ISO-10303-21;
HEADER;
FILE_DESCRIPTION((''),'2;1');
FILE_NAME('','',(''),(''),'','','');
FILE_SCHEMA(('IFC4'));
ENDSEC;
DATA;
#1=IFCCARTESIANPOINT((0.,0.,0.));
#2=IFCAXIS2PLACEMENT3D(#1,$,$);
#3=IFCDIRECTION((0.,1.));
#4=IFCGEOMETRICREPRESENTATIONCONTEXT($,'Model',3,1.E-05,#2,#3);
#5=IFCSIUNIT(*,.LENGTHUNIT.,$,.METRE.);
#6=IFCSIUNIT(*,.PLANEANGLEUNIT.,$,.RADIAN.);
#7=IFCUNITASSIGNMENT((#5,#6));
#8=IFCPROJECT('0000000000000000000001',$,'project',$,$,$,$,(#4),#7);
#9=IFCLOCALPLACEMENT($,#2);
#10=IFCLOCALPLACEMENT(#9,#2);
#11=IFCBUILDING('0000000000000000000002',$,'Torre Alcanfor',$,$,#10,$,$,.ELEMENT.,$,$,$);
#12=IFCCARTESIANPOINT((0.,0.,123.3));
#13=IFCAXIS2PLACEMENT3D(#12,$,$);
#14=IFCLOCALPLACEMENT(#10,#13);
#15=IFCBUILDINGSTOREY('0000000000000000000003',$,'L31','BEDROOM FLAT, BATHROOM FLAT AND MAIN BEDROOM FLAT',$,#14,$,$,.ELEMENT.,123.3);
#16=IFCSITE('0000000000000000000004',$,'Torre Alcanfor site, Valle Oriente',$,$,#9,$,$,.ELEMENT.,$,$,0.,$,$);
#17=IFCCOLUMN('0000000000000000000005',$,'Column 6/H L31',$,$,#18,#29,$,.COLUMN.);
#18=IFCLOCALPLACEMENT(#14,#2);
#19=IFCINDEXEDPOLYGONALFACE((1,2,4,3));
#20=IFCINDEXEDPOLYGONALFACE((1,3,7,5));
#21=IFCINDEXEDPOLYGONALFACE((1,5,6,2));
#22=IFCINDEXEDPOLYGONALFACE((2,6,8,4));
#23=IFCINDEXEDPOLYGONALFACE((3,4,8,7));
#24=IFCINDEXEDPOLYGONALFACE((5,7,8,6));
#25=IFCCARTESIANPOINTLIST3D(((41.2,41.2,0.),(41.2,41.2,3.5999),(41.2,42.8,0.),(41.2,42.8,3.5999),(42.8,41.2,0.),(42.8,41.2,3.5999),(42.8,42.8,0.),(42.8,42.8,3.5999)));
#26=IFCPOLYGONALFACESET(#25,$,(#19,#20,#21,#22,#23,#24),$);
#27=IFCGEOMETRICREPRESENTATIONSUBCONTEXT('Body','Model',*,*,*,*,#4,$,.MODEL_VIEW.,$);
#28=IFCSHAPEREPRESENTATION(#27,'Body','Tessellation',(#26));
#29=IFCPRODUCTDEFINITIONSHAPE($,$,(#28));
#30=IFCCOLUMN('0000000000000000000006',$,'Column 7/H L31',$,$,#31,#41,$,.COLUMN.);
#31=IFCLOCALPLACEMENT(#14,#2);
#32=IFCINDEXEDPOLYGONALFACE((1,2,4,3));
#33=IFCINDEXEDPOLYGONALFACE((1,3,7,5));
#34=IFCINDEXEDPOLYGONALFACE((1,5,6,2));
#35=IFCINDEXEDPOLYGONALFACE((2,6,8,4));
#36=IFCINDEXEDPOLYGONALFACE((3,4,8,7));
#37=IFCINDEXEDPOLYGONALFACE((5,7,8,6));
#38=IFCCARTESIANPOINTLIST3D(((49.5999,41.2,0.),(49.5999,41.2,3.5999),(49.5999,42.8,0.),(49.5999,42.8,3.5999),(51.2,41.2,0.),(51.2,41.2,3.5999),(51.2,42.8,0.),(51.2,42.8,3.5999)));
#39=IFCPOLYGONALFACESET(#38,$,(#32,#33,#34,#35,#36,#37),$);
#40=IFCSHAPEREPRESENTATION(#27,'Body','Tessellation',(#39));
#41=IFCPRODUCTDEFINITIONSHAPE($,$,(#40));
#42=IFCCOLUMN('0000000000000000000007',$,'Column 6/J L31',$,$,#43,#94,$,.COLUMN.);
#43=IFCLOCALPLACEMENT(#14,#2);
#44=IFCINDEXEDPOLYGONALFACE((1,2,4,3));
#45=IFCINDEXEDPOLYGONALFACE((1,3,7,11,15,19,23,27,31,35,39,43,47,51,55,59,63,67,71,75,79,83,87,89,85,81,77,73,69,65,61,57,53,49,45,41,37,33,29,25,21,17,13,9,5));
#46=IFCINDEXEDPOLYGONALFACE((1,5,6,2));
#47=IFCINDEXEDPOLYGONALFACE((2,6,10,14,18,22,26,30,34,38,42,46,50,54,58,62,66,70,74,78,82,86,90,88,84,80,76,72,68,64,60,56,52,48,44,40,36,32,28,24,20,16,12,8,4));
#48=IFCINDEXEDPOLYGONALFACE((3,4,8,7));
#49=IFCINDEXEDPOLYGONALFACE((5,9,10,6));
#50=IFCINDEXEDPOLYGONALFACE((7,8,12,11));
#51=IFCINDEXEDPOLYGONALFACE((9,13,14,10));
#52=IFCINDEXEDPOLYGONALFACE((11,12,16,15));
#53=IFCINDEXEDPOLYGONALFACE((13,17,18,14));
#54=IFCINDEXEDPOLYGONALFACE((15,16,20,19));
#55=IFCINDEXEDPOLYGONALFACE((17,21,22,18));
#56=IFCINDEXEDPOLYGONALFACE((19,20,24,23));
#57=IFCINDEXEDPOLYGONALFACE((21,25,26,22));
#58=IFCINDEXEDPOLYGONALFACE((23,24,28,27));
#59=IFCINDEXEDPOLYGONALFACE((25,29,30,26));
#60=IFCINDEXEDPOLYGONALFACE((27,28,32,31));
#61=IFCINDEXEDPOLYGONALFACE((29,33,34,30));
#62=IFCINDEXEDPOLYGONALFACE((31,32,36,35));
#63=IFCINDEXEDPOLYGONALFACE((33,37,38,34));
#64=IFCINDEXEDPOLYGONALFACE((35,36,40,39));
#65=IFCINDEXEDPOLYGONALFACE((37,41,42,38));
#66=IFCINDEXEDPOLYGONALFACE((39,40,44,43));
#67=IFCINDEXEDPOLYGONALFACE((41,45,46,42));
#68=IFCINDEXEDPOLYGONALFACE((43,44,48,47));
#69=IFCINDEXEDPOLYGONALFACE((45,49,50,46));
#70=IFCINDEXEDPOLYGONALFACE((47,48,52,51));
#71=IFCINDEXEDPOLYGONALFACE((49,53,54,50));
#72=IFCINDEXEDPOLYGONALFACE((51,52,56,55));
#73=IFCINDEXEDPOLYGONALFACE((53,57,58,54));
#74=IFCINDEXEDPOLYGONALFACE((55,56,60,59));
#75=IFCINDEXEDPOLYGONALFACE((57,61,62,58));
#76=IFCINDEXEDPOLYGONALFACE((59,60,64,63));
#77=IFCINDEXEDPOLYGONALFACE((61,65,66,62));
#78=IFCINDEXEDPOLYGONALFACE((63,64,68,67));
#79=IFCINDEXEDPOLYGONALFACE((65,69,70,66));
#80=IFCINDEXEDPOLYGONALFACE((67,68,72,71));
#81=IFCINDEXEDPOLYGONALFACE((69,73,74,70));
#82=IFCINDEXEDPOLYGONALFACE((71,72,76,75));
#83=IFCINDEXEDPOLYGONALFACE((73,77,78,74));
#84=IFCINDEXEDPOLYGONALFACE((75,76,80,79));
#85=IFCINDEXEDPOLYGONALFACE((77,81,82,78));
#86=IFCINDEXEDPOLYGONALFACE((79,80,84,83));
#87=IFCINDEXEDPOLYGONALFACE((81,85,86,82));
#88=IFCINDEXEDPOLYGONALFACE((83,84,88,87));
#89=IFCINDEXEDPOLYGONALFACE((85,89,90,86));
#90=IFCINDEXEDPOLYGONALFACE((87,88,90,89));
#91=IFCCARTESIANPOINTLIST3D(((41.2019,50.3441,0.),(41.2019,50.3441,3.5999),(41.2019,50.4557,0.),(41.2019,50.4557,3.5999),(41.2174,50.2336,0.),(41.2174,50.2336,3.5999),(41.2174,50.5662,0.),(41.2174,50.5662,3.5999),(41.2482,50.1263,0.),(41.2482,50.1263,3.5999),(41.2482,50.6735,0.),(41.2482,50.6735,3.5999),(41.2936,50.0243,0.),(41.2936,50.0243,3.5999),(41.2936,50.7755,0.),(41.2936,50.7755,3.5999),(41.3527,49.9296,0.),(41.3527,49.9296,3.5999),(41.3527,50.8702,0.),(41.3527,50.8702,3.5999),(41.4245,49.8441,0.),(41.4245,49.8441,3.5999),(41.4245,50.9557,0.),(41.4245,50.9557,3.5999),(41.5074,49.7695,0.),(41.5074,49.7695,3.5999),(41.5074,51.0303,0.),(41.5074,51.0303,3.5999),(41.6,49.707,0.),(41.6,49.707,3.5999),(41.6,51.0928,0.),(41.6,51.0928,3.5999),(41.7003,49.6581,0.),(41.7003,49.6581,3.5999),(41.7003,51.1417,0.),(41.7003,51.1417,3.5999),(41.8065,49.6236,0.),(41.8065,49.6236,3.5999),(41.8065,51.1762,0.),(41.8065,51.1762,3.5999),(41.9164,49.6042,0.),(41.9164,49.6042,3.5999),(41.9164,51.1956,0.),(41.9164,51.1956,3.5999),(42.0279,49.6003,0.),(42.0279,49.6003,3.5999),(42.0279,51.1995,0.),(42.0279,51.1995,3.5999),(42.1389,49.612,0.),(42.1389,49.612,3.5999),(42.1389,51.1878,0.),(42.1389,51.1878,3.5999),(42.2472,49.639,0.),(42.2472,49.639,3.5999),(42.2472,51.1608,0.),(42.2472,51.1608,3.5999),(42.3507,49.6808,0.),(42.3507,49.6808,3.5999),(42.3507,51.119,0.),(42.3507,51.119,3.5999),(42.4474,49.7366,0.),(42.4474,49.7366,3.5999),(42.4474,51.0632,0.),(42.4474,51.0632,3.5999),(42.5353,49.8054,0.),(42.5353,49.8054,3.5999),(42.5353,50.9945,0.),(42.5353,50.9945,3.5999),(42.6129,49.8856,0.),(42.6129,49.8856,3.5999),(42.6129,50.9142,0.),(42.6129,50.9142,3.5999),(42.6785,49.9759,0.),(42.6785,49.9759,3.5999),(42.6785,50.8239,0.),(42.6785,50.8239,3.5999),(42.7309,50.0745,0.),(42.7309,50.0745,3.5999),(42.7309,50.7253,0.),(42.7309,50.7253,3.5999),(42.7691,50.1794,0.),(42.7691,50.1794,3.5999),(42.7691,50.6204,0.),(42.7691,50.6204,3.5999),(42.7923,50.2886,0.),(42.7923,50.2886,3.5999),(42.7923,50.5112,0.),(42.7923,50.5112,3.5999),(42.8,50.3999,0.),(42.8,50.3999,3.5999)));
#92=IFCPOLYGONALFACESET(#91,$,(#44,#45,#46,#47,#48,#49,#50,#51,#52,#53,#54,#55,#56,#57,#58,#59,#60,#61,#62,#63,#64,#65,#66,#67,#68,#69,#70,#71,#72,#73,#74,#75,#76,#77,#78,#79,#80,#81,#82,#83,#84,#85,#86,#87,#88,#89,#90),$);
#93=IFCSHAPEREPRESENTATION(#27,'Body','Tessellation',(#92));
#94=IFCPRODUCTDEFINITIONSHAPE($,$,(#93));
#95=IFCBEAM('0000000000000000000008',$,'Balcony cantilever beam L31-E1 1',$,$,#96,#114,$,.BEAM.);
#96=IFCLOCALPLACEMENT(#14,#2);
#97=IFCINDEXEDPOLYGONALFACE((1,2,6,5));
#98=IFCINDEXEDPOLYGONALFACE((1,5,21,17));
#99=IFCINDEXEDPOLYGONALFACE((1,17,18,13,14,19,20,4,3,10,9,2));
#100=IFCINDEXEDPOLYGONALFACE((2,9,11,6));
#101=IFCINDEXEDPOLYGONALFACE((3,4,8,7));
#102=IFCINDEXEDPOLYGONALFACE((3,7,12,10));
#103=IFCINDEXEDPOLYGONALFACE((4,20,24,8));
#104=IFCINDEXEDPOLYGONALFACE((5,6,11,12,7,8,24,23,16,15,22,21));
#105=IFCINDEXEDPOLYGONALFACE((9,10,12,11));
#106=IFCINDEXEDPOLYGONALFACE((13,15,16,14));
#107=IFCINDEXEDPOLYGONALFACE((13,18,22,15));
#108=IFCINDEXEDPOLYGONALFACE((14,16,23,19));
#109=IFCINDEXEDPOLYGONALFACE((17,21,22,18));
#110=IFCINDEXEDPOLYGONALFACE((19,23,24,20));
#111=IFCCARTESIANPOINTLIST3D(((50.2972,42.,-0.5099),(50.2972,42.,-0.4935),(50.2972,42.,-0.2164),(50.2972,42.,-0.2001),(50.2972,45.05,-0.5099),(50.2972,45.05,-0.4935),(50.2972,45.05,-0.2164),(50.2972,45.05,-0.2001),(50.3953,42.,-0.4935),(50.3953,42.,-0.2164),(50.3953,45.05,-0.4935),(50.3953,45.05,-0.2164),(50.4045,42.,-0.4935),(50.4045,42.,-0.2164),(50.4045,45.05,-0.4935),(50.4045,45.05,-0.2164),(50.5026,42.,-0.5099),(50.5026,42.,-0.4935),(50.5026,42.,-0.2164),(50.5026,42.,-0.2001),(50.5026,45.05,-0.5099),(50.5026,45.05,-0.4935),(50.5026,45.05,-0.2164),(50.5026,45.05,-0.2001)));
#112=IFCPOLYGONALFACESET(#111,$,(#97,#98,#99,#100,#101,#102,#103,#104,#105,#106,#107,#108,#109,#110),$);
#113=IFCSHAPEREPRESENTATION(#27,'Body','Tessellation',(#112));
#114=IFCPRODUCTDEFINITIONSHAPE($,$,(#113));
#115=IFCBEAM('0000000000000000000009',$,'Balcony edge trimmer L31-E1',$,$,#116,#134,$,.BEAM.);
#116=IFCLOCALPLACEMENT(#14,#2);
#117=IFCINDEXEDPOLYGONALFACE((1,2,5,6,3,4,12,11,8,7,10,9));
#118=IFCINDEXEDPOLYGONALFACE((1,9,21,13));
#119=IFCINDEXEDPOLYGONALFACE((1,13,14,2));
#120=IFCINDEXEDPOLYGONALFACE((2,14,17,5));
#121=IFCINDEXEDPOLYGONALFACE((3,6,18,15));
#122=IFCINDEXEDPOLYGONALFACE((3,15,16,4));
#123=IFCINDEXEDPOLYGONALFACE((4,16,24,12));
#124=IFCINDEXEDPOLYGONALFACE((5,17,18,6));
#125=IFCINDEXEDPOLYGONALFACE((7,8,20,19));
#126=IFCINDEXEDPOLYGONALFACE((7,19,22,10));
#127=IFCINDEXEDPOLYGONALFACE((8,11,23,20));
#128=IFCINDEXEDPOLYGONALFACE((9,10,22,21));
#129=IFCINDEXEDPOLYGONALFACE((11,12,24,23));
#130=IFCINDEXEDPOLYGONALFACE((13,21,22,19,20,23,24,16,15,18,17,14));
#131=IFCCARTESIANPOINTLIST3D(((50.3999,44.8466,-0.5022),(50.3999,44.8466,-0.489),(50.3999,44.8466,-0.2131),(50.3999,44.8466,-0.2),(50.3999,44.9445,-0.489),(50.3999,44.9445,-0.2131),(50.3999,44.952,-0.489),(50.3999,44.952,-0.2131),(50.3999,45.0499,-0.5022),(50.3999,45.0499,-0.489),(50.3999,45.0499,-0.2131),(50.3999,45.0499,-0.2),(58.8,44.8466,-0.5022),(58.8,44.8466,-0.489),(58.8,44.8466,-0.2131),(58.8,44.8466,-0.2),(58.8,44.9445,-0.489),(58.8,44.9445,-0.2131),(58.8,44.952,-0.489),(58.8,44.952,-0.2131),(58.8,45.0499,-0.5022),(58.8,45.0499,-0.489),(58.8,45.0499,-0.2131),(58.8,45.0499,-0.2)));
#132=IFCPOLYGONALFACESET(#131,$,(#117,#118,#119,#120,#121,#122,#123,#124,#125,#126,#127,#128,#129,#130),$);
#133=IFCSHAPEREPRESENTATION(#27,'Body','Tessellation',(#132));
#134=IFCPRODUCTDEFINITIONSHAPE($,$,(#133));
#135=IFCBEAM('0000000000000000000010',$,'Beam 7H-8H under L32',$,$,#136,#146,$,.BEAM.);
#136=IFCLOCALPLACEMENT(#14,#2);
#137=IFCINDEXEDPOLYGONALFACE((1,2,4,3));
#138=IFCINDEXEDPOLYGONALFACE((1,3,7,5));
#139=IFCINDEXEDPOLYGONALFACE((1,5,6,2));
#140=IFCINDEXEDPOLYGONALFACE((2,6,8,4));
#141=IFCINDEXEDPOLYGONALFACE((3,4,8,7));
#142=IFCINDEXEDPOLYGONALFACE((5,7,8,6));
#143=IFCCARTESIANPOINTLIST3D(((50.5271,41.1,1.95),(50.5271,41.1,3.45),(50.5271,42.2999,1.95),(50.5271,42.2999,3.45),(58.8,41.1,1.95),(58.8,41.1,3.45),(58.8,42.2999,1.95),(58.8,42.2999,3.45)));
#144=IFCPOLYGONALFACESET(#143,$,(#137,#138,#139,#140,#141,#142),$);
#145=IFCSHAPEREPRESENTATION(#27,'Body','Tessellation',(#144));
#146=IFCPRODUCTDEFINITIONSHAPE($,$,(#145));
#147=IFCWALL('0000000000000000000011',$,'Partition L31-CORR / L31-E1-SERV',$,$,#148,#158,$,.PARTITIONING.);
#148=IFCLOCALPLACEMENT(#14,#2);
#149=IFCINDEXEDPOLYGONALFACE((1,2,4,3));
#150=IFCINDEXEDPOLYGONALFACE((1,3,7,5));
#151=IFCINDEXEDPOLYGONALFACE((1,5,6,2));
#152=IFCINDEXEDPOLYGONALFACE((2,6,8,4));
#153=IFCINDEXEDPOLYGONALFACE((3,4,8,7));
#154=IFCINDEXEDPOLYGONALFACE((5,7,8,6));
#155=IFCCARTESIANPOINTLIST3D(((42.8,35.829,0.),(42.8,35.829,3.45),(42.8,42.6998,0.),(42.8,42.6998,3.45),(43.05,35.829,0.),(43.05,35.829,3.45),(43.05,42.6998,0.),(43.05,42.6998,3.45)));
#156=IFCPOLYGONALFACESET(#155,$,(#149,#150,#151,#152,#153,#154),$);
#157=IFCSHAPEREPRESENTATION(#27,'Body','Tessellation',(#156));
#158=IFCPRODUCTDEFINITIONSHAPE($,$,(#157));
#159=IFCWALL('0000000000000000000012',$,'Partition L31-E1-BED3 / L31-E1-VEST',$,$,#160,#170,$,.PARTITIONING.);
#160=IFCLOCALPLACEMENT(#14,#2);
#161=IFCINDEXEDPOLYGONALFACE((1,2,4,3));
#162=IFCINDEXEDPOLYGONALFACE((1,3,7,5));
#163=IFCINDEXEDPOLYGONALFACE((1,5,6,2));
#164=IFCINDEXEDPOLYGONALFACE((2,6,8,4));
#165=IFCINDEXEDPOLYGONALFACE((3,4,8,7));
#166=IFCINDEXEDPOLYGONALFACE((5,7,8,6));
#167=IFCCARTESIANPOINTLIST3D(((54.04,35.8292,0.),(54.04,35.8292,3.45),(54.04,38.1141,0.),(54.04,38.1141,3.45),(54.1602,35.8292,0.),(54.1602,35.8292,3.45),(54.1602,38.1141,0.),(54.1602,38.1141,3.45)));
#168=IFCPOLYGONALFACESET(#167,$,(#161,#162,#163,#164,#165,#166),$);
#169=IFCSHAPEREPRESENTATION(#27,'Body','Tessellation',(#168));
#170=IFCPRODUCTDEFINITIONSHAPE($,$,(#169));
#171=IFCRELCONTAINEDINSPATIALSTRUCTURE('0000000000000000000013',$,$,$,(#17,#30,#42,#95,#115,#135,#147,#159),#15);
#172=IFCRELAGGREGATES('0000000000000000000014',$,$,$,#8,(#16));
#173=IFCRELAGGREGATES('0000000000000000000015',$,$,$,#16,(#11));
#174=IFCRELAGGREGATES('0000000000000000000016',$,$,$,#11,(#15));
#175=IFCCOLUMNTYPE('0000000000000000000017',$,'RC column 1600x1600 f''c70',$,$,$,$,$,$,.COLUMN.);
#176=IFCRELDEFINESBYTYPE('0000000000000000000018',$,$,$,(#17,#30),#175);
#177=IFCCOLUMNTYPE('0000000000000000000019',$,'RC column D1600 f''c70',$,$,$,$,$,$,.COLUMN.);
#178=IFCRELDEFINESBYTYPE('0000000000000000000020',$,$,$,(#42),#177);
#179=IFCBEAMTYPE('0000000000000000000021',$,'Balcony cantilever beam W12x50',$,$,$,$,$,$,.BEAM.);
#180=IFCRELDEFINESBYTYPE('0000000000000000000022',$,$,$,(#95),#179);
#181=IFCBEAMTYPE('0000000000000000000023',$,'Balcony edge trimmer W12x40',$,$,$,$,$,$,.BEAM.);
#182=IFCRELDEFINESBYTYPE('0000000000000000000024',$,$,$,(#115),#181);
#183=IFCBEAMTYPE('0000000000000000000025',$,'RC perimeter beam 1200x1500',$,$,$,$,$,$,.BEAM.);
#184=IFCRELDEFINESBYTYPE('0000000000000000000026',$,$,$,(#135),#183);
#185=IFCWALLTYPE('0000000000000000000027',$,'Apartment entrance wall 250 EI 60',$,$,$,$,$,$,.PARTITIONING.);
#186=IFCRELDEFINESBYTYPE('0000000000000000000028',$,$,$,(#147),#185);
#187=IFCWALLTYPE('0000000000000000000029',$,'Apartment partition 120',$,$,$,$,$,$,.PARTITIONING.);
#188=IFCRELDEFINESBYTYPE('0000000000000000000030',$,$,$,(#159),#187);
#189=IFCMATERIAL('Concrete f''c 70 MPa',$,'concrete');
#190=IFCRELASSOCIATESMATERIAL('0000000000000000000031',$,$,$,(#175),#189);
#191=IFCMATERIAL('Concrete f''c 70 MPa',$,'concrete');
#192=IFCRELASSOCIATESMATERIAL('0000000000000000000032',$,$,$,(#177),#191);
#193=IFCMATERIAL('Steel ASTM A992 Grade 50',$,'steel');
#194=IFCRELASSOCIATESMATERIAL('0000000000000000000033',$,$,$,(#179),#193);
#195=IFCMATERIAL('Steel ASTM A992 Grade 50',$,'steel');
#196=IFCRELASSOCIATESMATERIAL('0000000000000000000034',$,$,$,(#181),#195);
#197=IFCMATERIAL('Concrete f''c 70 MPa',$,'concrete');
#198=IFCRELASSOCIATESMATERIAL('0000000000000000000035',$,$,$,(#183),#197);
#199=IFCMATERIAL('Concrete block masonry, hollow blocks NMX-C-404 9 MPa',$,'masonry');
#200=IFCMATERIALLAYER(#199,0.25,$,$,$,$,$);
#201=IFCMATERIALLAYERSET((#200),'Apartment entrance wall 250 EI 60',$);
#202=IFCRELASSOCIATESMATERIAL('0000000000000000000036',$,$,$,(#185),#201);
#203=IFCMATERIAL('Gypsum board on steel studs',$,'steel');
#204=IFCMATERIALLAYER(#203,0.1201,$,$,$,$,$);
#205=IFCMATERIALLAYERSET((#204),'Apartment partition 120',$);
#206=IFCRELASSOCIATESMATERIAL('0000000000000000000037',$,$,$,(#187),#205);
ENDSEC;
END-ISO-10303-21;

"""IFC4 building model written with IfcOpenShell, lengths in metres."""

from ifc_helpers import new_model, si_unit, direction, frame, frame_2d, origin, origin_2d, place, context, subcontext, project, spatial, rectangle, circle, i_section, extrude, material, layer, layer_set, material_profile, profile_set, type_object, element, save


model = new_model("IFC4")

# Units and contexts
model_context = context("Model", 3, precision=1e-05, world=origin(), true_north=direction((0.0, 1.0)))
body_context = subcontext(model_context, "Body", "Model", "MODEL_VIEW")
ifc_project = project(units=[si_unit("LENGTHUNIT", "METRE"), si_unit("PLANEANGLEUNIT", "RADIAN")], contexts=[model_context])

# Site, building, storey
site_placement = place(None, origin())
site = spatial("IfcSite", under=ifc_project, at=site_placement, Name="Torre Alcanfor site, Valle Oriente", CompositionType="ELEMENT", RefElevation=0.0)
building_placement = place(site_placement, origin())
building = spatial("IfcBuilding", under=site, at=building_placement, Name="Torre Alcanfor", CompositionType="ELEMENT")
storey_placement = place(building_placement, frame((0.0, 0.0, 123.3)))
storey = spatial("IfcBuildingStorey", under=building, at=storey_placement, Name="L31", Description="BEDROOM FLAT, BATHROOM FLAT AND MAIN BEDROOM FLAT", CompositionType="ELEMENT", Elevation=123.3)

# Columns
ifc_material_1 = material(Name="Concrete f'c 70 MPa", Category="concrete")
ifc_material_profile_1 = material_profile(ifc_material_1, rectangle(XDim=1.6001, YDim=1.6001, at=origin_2d()), Name="1600x1600")
ifc_profile_set_1 = profile_set([ifc_material_profile_1], Name="Concrete f'c 70 MPa")
column_type_1 = type_object("IfcColumnType", Name="RC column 1600x1600 f'c70", PredefinedType="COLUMN", material=ifc_profile_set_1)
for number, where, z_axis, x_axis, name in (
    (1, (42.0, 42.0, 0.0), (0.0, 0.0, 1.0), (1.0, 0.0, 0.0), "Column 6/H L31"),
    (2, (50.3999, 42.0, 0.0), (0.0, 0.0, 1.0), (1.0, 0.0, 0.0), "Column 7/H L31"),
):
    element("IfcColumn", number, at=place(storey_placement, frame(where, z_axis=z_axis, x_axis=x_axis)), inside=storey, type_object=column_type_1, Name=name, PredefinedType="COLUMN", context=body_context, shape_type="SweptSolid", body=[
        extrude(rectangle(XDim=1.6001, YDim=1.6001, at=origin_2d()), origin(), (0.0, 0.0, 1.0), 3.5999),
    ])
ifc_material_2 = material(Name="Concrete f'c 70 MPa", Category="concrete")
ifc_material_profile_2 = material_profile(ifc_material_2, circle(Radius=0.8, at=origin_2d()), Name="D1600")
ifc_profile_set_2 = profile_set([ifc_material_profile_2], Name="Concrete f'c 70 MPa")
column_type_2 = type_object("IfcColumnType", Name="RC column D1600 f'c70", PredefinedType="COLUMN", material=ifc_profile_set_2)
column_placement = place(storey_placement, frame((42.0, 50.3999, 0.0), z_axis=(0.0, 0.0, 1.0), x_axis=(1.0, 0.0, 0.0)))
element("IfcColumn", 3, at=column_placement, inside=storey, type_object=column_type_2, Name="Column 6/J L31", PredefinedType="COLUMN", context=body_context, shape_type="SweptSolid", body=[
    extrude(circle(Radius=0.8, at=origin_2d()), origin(), (0.0, 0.0, 1.0), 3.5999),
])

# Beams
ifc_material_3 = material(Name="Steel ASTM A992 Grade 50", Category="steel")
ifc_material_profile_3 = material_profile(ifc_material_3, i_section(OverallWidth=0.2053, OverallDepth=0.3098, WebThickness=0.0093, FlangeThickness=0.0164, at=origin_2d()), Name="W12x50")
ifc_profile_set_3 = profile_set([ifc_material_profile_3], Name="Steel ASTM A992 Grade 50")
beam_type_1 = type_object("IfcBeamType", Name="Balcony cantilever beam W12x50", PredefinedType="BEAM", material=ifc_profile_set_3)
beam_1_placement = place(storey_placement, frame((50.3999, 42.0, -0.355), z_axis=(0.0, 1.0, 0.0), x_axis=(-1.0, 0.0, 0.0)))
element("IfcBeam", 4, at=beam_1_placement, inside=storey, type_object=beam_type_1, Name="Balcony cantilever beam L31-E1 1", PredefinedType="BEAM", context=body_context, shape_type="SweptSolid", body=[
    extrude(i_section(OverallWidth=0.2053, OverallDepth=0.3098, WebThickness=0.0093, FlangeThickness=0.0164, at=origin_2d()), origin(), (0.0, 0.0, 1.0), 3.05),
])
ifc_material_4 = material(Name="Steel ASTM A992 Grade 50", Category="steel")
ifc_material_profile_4 = material_profile(ifc_material_4, i_section(OverallWidth=0.2034, OverallDepth=0.3022, WebThickness=0.0076, FlangeThickness=0.0132, at=origin_2d()), Name="W12x40")
ifc_profile_set_4 = profile_set([ifc_material_profile_4], Name="Steel ASTM A992 Grade 50")
beam_type_2 = type_object("IfcBeamType", Name="Balcony edge trimmer W12x40", PredefinedType="BEAM", material=ifc_profile_set_4)
beam_2_placement = place(storey_placement, frame((50.3999, 44.9482, -0.3511), z_axis=(1.0, 0.0, 0.0), x_axis=(0.0, 1.0, 0.0)))
element("IfcBeam", 5, at=beam_2_placement, inside=storey, type_object=beam_type_2, Name="Balcony edge trimmer L31-E1", PredefinedType="BEAM", context=body_context, shape_type="SweptSolid", body=[
    extrude(i_section(OverallWidth=0.2034, OverallDepth=0.3022, WebThickness=0.0076, FlangeThickness=0.0132, at=origin_2d()), origin(), (0.0, 0.0, 1.0), 8.4001),
])
ifc_material_5 = material(Name="Concrete f'c 70 MPa", Category="concrete")
ifc_material_profile_5 = material_profile(ifc_material_5, rectangle(XDim=1.2, YDim=1.5, at=origin_2d()), Name="1200x1500")
ifc_profile_set_5 = profile_set([ifc_material_profile_5], Name="Concrete f'c 70 MPa")
beam_type_3 = type_object("IfcBeamType", Name="RC perimeter beam 1200x1500", PredefinedType="BEAM", material=ifc_profile_set_5)
beam_3_placement = place(storey_placement, frame((50.5271, 41.7, 2.7), z_axis=(1.0, 0.0, 0.0), x_axis=(0.0, 1.0, 0.0)))
element("IfcBeam", 6, at=beam_3_placement, inside=storey, type_object=beam_type_3, Name="Beam 7H-8H under L32", PredefinedType="BEAM", context=body_context, shape_type="SweptSolid", body=[
    extrude(rectangle(XDim=1.2, YDim=1.5, at=origin_2d()), origin(), (0.0, 0.0, 1.0), 8.2729),
])

# Walls
ifc_material_6 = material(Name="Concrete block masonry, hollow blocks NMX-C-404 9 MPa", Category="masonry")
ifc_layer_1 = layer(ifc_material_6, 0.25)
ifc_layer_set_1 = layer_set([ifc_layer_1], Name="Apartment entrance wall 250 EI 60")
wall_type_1 = type_object("IfcWallType", Name="Apartment entrance wall 250 EI 60", PredefinedType="PARTITIONING", material=ifc_layer_set_1)
wall_1_placement = place(storey_placement, frame((42.925, 42.7, 0.0), z_axis=(0.0, 0.0, 1.0), x_axis=(0.0, -1.0, 0.0)))
element("IfcWall", 7, at=wall_1_placement, inside=storey, type_object=wall_type_1, Name="Partition L31-CORR / L31-E1-SERV", PredefinedType="PARTITIONING", context=body_context, shape_type="SweptSolid", body=[
    extrude(rectangle(XDim=6.8708, YDim=0.25, at=frame_2d((3.4355, 0.0))), origin(), (0.0, 0.0, 1.0), 3.45),
])
ifc_material_7 = material(Name="Gypsum board on steel studs", Category="steel")
ifc_layer_2 = layer(ifc_material_7, 0.1201)
ifc_layer_set_2 = layer_set([ifc_layer_2], Name="Apartment partition 120")
wall_type_2 = type_object("IfcWallType", Name="Apartment partition 120", PredefinedType="PARTITIONING", material=ifc_layer_set_2)
wall_2_placement = place(storey_placement, frame((54.1001, 35.8291, 0.0), z_axis=(0.0, 0.0, 1.0), x_axis=(0.0, 1.0, 0.0)))
element("IfcWall", 8, at=wall_2_placement, inside=storey, type_object=wall_type_2, Name="Partition L31-E1-BED3 / L31-E1-VEST", PredefinedType="PARTITIONING", context=body_context, shape_type="SweptSolid", body=[
    extrude(rectangle(XDim=2.2849, YDim=0.1201, at=frame_2d((1.1426, 0.0))), origin(), (0.0, 0.0, 1.0), 3.45),
])

save(model, "model.ifc")
